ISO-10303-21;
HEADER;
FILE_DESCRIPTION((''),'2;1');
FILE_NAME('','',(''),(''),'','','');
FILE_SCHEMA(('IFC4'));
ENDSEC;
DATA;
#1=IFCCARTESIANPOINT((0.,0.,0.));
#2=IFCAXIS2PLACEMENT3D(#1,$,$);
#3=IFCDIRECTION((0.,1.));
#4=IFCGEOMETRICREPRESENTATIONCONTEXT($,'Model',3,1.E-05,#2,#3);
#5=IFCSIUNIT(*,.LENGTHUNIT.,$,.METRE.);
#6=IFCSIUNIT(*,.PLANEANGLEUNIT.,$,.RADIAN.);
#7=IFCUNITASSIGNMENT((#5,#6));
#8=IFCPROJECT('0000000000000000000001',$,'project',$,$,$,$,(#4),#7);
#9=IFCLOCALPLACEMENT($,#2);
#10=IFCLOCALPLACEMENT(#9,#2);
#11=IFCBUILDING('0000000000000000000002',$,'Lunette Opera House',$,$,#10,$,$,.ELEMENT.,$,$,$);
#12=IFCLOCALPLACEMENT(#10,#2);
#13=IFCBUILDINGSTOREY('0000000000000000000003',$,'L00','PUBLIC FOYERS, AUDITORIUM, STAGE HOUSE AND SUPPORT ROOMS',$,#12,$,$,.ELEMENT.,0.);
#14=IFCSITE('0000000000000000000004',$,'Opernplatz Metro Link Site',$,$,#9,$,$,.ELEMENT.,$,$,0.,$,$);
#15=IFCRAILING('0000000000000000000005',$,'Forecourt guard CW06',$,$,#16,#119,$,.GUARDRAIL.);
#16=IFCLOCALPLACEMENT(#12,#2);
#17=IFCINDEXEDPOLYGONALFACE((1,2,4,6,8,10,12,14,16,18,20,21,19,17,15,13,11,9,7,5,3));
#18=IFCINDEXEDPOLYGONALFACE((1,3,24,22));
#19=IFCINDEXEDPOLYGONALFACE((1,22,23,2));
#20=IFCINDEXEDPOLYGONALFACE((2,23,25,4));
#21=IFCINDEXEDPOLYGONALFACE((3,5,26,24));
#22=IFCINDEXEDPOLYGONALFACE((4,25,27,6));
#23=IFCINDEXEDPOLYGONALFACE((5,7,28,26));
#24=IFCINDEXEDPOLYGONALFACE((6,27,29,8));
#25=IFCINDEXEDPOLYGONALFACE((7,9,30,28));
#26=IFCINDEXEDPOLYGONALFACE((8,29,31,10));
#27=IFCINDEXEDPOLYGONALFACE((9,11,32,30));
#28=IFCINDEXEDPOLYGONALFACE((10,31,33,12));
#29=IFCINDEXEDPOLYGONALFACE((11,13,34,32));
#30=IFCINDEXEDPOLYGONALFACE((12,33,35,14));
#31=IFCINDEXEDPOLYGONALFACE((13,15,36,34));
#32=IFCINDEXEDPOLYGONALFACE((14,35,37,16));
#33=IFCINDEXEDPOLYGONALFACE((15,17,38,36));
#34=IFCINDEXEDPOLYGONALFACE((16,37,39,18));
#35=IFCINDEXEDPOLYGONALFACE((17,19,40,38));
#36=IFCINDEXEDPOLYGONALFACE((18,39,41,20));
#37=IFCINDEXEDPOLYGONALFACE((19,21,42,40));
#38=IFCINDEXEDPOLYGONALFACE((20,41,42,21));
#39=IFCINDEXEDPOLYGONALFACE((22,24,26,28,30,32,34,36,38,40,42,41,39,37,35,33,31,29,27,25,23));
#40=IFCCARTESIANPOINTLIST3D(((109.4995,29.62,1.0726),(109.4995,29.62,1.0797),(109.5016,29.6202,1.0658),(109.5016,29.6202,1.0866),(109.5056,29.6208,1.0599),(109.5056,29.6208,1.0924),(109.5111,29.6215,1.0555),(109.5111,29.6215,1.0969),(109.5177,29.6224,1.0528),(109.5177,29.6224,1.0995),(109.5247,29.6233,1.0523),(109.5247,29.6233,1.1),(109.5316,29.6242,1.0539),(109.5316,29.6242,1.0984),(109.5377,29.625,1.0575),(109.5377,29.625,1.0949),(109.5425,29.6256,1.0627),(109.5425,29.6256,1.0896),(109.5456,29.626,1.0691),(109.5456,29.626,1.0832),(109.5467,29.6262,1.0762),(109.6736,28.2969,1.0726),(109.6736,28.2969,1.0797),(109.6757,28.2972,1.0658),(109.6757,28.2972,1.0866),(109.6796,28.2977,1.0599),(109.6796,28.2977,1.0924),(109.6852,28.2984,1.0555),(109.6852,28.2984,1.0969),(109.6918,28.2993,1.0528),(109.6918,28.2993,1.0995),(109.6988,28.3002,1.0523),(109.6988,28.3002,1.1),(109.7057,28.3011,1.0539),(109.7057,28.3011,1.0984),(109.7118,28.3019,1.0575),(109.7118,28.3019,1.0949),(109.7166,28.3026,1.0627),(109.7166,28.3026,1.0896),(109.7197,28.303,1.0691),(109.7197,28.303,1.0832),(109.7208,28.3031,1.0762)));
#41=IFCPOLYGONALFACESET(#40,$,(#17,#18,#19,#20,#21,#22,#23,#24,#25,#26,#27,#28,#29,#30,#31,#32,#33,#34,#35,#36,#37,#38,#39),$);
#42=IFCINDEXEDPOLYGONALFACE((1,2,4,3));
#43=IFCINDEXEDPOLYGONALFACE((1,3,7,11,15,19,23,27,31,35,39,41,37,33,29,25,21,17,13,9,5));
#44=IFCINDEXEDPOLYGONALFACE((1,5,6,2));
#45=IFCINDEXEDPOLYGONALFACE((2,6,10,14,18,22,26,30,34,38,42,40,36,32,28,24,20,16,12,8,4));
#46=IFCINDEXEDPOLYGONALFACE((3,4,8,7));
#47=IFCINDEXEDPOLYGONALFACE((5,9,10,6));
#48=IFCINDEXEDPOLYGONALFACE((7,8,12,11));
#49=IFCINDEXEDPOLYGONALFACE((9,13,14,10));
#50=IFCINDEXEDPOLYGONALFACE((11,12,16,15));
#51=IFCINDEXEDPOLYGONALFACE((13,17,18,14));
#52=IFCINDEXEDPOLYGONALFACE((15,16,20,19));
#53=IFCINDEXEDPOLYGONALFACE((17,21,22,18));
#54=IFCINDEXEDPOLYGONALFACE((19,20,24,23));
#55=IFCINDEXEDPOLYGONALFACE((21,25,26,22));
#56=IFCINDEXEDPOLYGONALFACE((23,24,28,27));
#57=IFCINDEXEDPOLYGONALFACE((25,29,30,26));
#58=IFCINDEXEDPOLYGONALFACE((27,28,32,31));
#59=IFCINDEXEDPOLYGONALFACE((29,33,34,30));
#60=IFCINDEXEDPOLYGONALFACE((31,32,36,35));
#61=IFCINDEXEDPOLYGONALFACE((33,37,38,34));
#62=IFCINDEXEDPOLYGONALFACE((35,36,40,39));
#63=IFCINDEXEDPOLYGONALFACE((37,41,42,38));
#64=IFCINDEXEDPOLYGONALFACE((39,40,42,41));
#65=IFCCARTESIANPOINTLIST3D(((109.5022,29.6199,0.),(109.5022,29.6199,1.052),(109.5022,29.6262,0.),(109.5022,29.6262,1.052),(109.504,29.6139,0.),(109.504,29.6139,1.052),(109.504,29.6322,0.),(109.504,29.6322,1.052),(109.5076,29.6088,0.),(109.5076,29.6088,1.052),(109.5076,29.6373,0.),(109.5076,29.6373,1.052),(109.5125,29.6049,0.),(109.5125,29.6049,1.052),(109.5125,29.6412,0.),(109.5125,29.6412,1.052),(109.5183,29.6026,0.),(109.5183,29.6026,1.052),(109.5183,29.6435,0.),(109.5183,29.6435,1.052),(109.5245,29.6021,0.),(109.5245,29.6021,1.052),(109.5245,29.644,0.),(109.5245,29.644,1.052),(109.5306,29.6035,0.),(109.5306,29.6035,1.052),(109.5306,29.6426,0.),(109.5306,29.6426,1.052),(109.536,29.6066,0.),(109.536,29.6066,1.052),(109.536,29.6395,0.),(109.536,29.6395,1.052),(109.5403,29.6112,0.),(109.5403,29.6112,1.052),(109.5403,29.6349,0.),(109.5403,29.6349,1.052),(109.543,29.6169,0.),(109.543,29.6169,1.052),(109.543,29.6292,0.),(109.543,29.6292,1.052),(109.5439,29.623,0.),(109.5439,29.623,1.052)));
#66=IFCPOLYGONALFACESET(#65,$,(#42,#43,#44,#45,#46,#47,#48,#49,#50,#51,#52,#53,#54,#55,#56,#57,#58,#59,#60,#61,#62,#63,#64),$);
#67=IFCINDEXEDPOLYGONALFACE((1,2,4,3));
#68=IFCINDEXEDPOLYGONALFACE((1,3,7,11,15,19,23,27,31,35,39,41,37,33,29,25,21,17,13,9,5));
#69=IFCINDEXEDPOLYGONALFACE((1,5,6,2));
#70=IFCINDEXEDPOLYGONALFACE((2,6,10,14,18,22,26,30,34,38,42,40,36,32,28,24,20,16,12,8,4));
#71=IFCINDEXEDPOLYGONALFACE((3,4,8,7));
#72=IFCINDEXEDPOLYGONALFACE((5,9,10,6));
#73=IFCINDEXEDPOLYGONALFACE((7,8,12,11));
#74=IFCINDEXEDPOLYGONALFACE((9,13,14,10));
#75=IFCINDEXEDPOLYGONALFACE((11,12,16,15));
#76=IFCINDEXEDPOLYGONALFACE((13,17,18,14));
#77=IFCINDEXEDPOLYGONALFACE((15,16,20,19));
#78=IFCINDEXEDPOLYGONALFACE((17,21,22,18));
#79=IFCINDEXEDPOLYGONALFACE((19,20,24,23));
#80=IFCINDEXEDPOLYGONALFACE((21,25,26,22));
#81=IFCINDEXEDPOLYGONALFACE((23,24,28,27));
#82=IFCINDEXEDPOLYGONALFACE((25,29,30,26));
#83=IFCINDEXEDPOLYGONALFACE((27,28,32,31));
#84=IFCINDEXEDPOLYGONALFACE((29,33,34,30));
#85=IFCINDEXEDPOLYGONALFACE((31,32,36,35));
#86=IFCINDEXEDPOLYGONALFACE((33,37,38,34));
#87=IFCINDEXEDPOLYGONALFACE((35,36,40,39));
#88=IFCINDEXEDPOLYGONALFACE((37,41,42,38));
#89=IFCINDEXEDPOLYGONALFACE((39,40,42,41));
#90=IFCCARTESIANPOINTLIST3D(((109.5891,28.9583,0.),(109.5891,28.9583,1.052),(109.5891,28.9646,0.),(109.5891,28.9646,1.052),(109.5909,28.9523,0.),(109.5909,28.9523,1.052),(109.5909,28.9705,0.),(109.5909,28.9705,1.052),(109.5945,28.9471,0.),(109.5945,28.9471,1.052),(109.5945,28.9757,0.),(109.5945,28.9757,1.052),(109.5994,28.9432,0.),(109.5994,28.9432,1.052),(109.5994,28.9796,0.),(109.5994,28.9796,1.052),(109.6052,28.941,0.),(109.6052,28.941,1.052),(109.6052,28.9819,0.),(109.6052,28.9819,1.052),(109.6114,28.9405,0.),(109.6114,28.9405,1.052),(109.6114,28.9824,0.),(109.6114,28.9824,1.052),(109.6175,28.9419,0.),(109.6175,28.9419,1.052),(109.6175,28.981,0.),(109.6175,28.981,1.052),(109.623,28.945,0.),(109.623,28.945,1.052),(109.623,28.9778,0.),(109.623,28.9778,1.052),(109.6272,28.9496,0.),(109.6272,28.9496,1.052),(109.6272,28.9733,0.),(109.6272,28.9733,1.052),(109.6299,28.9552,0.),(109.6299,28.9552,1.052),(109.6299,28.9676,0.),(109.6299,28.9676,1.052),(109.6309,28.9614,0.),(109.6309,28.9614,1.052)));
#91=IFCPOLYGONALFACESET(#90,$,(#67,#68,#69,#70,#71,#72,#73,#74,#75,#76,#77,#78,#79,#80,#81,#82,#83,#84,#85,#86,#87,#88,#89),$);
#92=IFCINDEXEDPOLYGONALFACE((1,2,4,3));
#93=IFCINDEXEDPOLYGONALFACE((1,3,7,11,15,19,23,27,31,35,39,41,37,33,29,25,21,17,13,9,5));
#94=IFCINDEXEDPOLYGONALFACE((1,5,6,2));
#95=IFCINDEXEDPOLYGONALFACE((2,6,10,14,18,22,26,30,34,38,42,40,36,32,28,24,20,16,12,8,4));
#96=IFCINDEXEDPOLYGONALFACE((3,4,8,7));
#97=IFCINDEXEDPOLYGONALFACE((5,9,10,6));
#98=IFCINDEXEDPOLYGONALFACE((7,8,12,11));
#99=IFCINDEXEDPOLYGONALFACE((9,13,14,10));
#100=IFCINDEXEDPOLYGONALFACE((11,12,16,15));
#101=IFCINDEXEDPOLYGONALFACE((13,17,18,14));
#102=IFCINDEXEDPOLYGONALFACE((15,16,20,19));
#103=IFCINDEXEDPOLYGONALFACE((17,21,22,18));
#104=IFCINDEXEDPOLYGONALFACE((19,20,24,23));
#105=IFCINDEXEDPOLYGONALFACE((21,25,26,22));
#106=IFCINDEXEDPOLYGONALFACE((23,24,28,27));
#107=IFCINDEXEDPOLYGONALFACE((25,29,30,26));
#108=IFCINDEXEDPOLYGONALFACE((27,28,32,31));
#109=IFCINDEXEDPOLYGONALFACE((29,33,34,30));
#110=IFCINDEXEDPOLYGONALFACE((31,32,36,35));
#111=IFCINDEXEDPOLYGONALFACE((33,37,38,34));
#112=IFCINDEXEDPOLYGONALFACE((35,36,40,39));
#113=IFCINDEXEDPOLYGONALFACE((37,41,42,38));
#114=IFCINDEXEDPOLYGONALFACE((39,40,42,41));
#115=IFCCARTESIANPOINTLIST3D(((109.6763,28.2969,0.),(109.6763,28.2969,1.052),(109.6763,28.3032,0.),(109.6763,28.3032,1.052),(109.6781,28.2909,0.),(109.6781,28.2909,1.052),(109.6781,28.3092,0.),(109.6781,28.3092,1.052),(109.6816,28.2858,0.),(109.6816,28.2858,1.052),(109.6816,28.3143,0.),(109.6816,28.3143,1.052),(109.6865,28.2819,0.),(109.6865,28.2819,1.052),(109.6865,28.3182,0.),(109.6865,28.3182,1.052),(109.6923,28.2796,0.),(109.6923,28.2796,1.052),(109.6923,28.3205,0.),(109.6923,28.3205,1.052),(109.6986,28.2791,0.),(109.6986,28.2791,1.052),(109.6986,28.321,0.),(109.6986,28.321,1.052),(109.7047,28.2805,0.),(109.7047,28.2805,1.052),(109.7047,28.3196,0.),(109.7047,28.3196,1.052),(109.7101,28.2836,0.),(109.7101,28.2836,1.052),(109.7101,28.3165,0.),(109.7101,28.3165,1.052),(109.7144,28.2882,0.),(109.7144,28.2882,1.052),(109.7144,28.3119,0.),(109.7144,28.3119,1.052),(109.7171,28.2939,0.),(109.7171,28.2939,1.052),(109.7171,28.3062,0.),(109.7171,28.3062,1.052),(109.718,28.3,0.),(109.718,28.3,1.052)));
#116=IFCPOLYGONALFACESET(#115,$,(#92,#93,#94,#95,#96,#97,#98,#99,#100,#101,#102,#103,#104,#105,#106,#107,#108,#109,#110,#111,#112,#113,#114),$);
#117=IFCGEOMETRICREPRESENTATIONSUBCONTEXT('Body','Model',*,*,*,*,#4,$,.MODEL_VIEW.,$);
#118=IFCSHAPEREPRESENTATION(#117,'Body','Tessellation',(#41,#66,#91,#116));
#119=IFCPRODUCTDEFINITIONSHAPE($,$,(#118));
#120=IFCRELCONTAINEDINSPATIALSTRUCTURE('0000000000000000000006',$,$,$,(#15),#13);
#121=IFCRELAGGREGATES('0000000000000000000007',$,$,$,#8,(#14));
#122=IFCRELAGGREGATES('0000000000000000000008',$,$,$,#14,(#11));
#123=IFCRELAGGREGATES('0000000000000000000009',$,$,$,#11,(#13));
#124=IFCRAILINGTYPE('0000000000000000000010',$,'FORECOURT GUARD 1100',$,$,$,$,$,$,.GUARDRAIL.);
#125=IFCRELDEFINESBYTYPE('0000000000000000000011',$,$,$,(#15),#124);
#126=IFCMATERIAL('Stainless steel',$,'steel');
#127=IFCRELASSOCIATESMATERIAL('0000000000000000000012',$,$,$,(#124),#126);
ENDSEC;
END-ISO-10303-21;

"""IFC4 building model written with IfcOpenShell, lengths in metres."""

from ifc_helpers import new_model, si_unit, direction, frame, origin, origin_2d, place, context, subcontext, project, spatial, circle, extrude, material, type_object, element, save


model = new_model("IFC4")

# Units and contexts
model_context = context("Model", 3, precision=1e-05, world=origin(), true_north=direction((0.0, 1.0)))
body_context = subcontext(model_context, "Body", "Model", "MODEL_VIEW")
ifc_project = project(units=[si_unit("LENGTHUNIT", "METRE"), si_unit("PLANEANGLEUNIT", "RADIAN")], contexts=[model_context])

# Site, building, storey
site_placement = place(None, origin())
site = spatial("IfcSite", under=ifc_project, at=site_placement, Name="Opernplatz Metro Link Site", CompositionType="ELEMENT", RefElevation=0.0)
building_placement = place(site_placement, origin())
building = spatial("IfcBuilding", under=site, at=building_placement, Name="Lunette Opera House", CompositionType="ELEMENT")
storey_placement = place(building_placement, origin())
storey = spatial("IfcBuildingStorey", under=building, at=storey_placement, Name="L00", Description="PUBLIC FOYERS, AUDITORIUM, STAGE HOUSE AND SUPPORT ROOMS", CompositionType="ELEMENT", Elevation=0.0)

# Railing
ifc_material_1 = material(Name="Stainless steel", Category="steel")
railing_type = type_object("IfcRailingType", Name="FORECOURT GUARD 1100", PredefinedType="GUARDRAIL", material=ifc_material_1)
railing_1_placement = place(storey_placement, frame((109.5229, 29.623, 0.0)))
element("IfcRailing", 1, at=railing_1_placement, inside=storey, type_object=railing_type, Name="Forecourt guard CW06", PredefinedType="GUARDRAIL", context=body_context, shape_type="SweptSolid", body=[
    extrude(circle(Radius=0.0239, at=origin_2d()), frame((0.0, 0.0, 1.0762), z_axis=(0.13045, -0.991455, 0.0), x_axis=(0.991455, 0.13045, 0.0)), (0.0, 0.0, 1.0), 1.3345),
    extrude(circle(Radius=0.021, at=origin_2d()), origin(), (0.0, 0.0, 1.0), 1.052),
    extrude(circle(Radius=0.021, at=origin_2d()), frame((0.0869, -0.6616, 0.0)), (0.0, 0.0, 1.0), 1.052),
    extrude(circle(Radius=0.021, at=origin_2d()), frame((0.1741, -1.323, 0.0)), (0.0, 0.0, 1.0), 1.052),
])

save(model, "model.ifc")
